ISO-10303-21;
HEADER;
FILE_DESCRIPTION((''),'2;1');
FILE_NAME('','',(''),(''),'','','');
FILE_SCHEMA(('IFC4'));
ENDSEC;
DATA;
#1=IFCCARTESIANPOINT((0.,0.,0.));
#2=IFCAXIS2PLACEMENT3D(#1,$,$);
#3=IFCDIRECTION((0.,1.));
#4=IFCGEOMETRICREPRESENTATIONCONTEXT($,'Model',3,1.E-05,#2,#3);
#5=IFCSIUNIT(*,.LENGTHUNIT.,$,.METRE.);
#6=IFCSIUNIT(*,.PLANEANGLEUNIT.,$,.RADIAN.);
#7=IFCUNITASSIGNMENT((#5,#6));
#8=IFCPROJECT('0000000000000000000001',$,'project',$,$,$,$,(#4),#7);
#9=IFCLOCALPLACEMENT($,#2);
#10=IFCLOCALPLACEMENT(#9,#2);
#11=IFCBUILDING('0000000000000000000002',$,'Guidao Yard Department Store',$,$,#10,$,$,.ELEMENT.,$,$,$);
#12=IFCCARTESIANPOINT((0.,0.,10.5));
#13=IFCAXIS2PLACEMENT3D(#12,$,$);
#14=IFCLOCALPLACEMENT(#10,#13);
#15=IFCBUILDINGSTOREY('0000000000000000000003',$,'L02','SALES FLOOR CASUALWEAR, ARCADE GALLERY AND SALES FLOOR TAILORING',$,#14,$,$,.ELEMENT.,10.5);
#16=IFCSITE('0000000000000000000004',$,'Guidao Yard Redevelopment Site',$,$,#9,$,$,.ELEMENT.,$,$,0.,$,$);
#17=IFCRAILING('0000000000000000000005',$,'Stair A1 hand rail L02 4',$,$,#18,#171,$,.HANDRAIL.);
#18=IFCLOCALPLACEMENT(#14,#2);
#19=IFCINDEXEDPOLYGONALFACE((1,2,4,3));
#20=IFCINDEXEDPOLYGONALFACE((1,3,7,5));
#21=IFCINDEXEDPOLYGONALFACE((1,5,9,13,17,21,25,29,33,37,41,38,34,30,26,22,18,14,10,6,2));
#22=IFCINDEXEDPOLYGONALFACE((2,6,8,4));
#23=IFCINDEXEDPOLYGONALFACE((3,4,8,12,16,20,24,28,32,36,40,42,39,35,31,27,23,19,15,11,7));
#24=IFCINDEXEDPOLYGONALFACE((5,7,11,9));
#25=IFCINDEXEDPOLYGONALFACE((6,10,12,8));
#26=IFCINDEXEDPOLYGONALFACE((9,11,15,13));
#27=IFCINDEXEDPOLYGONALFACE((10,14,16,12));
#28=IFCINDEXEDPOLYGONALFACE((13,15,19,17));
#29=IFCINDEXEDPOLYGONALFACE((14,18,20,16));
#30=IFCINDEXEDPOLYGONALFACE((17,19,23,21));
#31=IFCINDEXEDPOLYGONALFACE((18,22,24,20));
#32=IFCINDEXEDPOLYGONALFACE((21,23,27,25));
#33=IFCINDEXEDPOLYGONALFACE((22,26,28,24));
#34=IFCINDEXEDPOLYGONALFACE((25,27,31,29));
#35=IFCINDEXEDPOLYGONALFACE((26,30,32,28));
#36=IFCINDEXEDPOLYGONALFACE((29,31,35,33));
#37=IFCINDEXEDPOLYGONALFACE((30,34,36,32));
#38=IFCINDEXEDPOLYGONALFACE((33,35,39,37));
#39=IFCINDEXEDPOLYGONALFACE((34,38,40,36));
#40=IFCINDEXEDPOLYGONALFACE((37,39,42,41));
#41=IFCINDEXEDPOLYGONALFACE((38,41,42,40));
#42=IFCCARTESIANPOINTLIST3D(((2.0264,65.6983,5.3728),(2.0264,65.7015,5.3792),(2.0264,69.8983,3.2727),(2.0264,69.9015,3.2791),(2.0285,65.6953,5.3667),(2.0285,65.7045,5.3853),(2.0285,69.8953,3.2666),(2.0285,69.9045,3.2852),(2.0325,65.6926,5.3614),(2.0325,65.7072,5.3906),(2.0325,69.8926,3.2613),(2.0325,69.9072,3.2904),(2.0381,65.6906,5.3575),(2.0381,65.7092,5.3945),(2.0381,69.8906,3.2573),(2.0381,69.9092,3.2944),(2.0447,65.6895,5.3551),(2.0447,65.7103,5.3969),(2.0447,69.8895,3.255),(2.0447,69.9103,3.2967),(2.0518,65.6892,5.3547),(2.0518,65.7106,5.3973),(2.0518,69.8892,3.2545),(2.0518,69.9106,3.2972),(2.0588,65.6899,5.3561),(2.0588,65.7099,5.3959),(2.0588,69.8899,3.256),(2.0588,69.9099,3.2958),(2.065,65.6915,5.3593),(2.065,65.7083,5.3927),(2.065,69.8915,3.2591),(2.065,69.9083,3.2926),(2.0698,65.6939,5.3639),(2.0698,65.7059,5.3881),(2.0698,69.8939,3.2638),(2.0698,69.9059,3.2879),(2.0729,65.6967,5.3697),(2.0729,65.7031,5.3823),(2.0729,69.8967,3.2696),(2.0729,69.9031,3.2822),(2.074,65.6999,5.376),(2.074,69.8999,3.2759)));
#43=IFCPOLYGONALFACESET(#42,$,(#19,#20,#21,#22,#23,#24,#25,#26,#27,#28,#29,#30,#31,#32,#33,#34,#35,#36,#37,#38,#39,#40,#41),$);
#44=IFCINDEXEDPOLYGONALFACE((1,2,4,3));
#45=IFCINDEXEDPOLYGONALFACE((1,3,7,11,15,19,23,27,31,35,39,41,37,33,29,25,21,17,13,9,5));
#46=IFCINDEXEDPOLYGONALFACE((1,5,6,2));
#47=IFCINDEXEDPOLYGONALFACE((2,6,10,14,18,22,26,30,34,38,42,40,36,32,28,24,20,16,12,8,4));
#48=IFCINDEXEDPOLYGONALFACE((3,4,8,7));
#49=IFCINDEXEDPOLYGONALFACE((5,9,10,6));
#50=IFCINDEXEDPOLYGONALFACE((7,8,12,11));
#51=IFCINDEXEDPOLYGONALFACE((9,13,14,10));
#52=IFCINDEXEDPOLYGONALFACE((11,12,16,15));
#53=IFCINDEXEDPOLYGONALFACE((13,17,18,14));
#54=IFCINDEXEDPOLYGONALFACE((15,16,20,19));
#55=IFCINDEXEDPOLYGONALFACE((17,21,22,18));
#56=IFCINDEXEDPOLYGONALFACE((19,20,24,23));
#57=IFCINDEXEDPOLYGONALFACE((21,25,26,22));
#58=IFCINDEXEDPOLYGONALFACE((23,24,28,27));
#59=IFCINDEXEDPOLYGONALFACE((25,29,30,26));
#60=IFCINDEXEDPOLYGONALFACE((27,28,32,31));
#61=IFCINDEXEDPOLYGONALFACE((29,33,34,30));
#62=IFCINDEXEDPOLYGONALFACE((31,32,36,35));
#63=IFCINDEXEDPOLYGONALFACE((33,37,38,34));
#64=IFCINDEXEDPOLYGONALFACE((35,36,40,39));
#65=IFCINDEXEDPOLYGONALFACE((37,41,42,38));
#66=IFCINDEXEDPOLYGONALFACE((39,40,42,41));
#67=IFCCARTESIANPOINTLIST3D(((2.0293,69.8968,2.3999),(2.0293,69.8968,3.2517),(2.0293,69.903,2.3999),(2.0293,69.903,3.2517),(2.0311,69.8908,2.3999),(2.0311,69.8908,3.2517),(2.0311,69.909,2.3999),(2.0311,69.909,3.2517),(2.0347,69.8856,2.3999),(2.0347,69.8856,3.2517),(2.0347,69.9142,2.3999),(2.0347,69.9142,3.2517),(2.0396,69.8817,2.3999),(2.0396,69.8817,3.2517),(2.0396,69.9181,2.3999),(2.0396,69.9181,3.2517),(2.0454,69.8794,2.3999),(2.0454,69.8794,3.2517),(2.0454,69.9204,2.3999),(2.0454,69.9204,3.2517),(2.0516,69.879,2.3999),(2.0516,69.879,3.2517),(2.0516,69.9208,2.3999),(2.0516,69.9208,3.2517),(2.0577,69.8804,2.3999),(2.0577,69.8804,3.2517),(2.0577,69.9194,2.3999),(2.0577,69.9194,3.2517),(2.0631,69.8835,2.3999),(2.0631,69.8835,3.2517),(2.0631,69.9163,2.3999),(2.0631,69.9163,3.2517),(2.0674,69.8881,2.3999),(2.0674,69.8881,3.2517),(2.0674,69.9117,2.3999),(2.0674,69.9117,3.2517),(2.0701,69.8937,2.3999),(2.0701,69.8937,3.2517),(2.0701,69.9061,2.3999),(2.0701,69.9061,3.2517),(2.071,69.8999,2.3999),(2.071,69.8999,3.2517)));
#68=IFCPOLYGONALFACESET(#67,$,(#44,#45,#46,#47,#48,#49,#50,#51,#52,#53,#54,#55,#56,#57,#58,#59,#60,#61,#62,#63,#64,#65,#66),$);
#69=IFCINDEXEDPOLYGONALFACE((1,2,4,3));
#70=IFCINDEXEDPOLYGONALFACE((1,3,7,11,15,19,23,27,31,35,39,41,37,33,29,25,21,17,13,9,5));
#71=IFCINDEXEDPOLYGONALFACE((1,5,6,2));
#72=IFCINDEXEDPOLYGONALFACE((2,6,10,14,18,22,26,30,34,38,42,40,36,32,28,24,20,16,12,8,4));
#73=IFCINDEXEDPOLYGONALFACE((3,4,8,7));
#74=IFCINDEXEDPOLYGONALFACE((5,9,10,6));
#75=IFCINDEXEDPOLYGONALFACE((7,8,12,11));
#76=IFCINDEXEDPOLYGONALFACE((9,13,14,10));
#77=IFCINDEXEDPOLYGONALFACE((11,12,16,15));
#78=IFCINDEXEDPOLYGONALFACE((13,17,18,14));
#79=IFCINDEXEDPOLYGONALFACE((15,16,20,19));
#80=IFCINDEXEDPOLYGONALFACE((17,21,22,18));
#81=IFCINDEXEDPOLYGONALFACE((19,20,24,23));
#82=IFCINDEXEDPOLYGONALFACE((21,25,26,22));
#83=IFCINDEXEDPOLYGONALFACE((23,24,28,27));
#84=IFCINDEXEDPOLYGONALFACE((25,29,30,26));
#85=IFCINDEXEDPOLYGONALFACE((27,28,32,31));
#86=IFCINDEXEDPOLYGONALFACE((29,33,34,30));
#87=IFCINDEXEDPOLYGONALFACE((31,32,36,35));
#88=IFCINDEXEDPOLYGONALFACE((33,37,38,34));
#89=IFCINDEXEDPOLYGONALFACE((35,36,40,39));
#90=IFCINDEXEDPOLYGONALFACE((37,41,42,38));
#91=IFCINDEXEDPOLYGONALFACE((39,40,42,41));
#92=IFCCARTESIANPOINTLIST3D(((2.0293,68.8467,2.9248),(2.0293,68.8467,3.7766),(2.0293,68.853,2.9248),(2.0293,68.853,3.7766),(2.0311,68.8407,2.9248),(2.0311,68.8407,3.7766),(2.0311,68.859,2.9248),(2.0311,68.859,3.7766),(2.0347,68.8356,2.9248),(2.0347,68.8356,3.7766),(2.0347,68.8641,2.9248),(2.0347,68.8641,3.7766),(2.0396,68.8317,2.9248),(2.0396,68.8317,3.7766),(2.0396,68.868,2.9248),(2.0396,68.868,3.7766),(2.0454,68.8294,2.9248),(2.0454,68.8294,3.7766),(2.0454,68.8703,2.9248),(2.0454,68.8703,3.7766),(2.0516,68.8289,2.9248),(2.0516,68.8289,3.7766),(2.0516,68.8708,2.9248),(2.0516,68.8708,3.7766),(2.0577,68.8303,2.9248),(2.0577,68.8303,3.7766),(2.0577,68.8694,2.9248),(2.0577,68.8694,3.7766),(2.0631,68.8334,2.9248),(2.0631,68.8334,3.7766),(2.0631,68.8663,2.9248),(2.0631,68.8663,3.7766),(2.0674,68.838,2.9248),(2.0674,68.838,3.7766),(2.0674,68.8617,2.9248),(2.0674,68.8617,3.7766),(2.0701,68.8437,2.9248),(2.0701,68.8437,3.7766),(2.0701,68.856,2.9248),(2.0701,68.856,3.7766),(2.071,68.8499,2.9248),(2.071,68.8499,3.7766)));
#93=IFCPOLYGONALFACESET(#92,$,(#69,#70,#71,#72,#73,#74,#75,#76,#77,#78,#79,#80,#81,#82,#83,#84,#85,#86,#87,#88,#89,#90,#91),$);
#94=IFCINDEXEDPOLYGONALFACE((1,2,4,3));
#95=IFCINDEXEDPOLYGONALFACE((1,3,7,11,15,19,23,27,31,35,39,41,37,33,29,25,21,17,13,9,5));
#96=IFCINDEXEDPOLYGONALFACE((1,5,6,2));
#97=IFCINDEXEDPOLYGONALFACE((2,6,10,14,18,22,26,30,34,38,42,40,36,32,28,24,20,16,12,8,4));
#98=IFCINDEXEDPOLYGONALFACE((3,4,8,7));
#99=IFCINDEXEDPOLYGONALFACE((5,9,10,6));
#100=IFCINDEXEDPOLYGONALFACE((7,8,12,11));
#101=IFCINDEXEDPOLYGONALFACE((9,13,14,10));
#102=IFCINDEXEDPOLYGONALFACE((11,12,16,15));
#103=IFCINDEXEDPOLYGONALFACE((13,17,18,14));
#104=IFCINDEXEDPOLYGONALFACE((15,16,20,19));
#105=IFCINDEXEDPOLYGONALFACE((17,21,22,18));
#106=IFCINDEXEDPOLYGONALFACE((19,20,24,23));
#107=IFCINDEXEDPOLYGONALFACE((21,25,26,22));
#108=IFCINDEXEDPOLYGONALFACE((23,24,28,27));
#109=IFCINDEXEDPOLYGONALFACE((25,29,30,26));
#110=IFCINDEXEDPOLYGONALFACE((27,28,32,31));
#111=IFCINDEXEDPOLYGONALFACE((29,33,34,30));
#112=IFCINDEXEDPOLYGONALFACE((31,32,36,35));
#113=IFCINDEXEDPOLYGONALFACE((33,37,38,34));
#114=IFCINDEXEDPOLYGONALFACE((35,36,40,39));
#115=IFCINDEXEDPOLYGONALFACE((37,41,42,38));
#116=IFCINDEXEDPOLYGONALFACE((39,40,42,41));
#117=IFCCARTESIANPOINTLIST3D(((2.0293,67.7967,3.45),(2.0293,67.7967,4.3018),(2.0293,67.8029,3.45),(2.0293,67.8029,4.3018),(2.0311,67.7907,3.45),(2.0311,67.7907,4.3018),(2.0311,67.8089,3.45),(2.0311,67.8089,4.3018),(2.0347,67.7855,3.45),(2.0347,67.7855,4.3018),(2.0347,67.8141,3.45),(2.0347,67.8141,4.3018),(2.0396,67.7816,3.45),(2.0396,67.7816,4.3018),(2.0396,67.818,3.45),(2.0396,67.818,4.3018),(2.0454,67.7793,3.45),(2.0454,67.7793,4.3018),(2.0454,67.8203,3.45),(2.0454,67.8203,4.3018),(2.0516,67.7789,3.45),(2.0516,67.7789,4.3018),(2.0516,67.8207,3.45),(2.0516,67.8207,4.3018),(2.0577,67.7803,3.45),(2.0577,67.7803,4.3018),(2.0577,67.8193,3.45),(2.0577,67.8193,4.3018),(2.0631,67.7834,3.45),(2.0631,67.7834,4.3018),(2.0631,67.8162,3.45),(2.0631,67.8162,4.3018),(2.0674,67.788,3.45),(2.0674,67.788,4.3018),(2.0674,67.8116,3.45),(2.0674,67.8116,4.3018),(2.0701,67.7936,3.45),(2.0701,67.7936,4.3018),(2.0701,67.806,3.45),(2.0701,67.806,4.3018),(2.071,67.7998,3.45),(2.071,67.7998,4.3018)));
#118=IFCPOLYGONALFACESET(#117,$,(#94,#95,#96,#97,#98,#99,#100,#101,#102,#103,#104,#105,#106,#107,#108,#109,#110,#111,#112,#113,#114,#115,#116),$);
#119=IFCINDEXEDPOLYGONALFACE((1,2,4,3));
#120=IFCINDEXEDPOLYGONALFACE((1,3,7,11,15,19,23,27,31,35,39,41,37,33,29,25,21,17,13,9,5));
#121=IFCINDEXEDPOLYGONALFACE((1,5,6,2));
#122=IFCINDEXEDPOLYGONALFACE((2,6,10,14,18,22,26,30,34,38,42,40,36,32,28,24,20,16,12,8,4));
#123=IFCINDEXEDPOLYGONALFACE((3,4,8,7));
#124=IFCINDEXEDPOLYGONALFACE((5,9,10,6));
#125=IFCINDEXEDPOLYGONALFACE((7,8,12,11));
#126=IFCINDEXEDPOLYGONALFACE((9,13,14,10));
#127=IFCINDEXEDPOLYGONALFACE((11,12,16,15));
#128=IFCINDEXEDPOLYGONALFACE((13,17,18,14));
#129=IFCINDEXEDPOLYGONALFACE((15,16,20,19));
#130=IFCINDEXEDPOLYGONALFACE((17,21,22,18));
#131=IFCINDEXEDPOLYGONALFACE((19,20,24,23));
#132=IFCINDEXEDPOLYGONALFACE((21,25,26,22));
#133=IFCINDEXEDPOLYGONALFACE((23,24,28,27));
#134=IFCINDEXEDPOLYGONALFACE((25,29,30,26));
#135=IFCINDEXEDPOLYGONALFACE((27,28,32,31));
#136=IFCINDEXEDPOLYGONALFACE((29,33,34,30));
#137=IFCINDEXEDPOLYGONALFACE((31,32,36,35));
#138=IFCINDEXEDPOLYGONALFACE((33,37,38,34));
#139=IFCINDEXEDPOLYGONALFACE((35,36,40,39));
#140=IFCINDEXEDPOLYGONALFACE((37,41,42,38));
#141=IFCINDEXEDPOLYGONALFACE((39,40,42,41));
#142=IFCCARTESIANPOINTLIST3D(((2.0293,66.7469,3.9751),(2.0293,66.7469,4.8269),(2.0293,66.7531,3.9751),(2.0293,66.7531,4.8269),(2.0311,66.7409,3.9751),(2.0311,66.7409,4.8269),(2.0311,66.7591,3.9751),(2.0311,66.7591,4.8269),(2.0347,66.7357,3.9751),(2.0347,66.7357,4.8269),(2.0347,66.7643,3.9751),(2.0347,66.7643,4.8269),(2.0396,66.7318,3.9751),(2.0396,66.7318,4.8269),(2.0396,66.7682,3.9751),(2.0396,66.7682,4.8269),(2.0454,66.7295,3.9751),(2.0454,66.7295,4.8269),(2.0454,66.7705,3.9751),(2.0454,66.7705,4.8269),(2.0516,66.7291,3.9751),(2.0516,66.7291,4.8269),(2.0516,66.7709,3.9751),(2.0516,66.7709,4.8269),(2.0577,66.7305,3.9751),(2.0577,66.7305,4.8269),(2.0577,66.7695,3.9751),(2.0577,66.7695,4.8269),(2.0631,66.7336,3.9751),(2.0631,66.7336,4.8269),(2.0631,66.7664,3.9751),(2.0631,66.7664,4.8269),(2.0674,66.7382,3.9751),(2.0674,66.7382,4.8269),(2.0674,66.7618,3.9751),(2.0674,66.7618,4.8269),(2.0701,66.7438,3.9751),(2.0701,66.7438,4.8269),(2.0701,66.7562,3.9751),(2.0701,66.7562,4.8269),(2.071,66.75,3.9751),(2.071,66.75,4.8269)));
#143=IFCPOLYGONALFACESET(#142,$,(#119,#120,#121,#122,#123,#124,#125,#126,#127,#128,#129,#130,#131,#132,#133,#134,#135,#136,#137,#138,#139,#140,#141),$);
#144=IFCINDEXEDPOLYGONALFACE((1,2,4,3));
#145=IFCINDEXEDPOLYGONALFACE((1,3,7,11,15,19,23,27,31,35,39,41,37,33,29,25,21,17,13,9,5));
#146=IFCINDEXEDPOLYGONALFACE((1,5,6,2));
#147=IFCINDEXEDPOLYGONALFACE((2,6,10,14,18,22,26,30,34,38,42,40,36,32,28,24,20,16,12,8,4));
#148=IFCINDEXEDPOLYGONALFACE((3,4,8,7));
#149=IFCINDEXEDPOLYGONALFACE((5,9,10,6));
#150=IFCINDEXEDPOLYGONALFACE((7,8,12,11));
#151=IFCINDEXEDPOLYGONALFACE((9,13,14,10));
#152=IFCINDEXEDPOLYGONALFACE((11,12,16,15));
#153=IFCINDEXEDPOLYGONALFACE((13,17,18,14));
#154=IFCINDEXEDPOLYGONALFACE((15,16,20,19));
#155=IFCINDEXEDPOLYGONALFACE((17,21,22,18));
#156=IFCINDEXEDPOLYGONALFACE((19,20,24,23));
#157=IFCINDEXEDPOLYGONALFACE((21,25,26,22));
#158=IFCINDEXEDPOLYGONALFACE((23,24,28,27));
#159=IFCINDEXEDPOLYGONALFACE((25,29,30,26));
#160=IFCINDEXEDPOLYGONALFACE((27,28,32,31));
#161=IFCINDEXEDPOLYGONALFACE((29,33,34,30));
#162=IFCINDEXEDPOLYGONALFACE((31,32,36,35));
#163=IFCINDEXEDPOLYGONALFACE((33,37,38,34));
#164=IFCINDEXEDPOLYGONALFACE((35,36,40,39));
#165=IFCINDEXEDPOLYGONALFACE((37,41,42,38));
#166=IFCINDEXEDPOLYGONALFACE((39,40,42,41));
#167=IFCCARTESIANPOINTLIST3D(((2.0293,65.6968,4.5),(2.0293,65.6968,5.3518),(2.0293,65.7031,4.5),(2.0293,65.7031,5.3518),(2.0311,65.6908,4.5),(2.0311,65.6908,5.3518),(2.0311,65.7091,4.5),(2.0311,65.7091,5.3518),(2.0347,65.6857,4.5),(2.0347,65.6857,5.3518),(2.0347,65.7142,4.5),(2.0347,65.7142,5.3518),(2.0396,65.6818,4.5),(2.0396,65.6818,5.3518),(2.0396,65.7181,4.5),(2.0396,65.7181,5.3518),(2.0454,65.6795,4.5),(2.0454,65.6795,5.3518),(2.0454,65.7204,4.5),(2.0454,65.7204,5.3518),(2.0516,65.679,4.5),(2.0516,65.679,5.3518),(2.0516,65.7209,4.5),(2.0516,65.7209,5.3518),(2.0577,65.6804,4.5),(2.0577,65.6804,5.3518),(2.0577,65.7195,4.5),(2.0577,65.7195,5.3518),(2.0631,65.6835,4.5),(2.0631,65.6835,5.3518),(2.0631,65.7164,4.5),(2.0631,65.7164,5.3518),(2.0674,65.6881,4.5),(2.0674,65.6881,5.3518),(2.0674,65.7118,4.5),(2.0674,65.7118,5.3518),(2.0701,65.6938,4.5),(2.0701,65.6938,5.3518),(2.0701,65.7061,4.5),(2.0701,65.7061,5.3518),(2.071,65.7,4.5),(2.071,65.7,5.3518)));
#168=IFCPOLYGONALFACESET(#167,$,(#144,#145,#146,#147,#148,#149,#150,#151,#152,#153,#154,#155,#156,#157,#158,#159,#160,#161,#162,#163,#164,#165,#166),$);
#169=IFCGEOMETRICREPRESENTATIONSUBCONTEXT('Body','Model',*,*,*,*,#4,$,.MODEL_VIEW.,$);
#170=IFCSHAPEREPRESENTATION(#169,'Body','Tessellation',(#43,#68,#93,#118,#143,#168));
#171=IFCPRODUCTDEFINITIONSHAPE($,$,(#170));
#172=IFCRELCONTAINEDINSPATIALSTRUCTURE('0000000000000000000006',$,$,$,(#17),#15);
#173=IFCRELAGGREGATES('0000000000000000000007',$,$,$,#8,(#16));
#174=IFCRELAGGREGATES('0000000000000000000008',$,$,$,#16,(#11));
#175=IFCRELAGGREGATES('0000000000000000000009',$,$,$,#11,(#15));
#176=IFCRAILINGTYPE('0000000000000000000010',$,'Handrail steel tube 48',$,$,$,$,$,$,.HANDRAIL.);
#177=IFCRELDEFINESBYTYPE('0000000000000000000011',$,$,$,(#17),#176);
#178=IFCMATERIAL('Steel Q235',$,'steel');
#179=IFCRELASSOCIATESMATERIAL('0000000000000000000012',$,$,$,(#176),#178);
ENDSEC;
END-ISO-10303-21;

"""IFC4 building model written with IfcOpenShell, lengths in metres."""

from ifc_helpers import new_model, si_unit, direction, frame, origin, origin_2d, place, context, subcontext, project, spatial, circle, extrude, material, type_object, element, save


model = new_model("IFC4")

# Units and contexts
model_context = context("Model", 3, precision=1e-05, world=origin(), true_north=direction((0.0, 1.0)))
body_context = subcontext(model_context, "Body", "Model", "MODEL_VIEW")
ifc_project = project(units=[si_unit("LENGTHUNIT", "METRE"), si_unit("PLANEANGLEUNIT", "RADIAN")], contexts=[model_context])

# Site, building, storey
site_placement = place(None, origin())
site = spatial("IfcSite", under=ifc_project, at=site_placement, Name="Guidao Yard Redevelopment Site", CompositionType="ELEMENT", RefElevation=0.0)
building_placement = place(site_placement, origin())
building = spatial("IfcBuilding", under=site, at=building_placement, Name="Guidao Yard Department Store", CompositionType="ELEMENT")
storey_placement = place(building_placement, frame((0.0, 0.0, 10.5)))
storey = spatial("IfcBuildingStorey", under=building, at=storey_placement, Name="L02", Description="SALES FLOOR CASUALWEAR, ARCADE GALLERY AND SALES FLOOR TAILORING", CompositionType="ELEMENT", Elevation=10.5)

# Railing
ifc_material_1 = material(Name="Steel Q235", Category="steel")
railing_type_1 = type_object("IfcRailingType", Name="Handrail steel tube 48", PredefinedType="HANDRAIL", material=ifc_material_1)
for number, where, name in (
    (1, (2.05, 69.8999, 2.3999), "Stair A1 hand rail L02 4"),
):
    element("IfcRailing", number, at=place(storey_placement, frame(where)), inside=storey, type_object=railing_type_1, Name=name, PredefinedType="HANDRAIL", context=body_context, shape_type="SweptSolid", body=[
        extrude(circle(Radius=0.0239, at=origin_2d()), frame((0.0, 0.0, 0.876), z_axis=(0.0, -0.894417, 0.447234), x_axis=(1.0, 0.0, 0.0)), (0.0, 0.0, 1.0), 4.6958),
        extrude(circle(Radius=0.021, at=origin_2d()), origin(), (0.0, 0.0, 1.0), 0.8518),
        extrude(circle(Radius=0.021, at=origin_2d()), frame((0.0, -1.05, 0.5249)), (0.0, 0.0, 1.0), 0.8518),
        extrude(circle(Radius=0.021, at=origin_2d()), frame((0.0, -2.1001, 1.05)), (0.0, 0.0, 1.0), 0.8518),
        extrude(circle(Radius=0.021, at=origin_2d()), frame((0.0, -3.1499, 1.5752)), (0.0, 0.0, 1.0), 0.8518),
        extrude(circle(Radius=0.021, at=origin_2d()), frame((0.0, -4.2, 2.1001)), (0.0, 0.0, 1.0), 0.8518),
    ])

save(model, "model.ifc")
